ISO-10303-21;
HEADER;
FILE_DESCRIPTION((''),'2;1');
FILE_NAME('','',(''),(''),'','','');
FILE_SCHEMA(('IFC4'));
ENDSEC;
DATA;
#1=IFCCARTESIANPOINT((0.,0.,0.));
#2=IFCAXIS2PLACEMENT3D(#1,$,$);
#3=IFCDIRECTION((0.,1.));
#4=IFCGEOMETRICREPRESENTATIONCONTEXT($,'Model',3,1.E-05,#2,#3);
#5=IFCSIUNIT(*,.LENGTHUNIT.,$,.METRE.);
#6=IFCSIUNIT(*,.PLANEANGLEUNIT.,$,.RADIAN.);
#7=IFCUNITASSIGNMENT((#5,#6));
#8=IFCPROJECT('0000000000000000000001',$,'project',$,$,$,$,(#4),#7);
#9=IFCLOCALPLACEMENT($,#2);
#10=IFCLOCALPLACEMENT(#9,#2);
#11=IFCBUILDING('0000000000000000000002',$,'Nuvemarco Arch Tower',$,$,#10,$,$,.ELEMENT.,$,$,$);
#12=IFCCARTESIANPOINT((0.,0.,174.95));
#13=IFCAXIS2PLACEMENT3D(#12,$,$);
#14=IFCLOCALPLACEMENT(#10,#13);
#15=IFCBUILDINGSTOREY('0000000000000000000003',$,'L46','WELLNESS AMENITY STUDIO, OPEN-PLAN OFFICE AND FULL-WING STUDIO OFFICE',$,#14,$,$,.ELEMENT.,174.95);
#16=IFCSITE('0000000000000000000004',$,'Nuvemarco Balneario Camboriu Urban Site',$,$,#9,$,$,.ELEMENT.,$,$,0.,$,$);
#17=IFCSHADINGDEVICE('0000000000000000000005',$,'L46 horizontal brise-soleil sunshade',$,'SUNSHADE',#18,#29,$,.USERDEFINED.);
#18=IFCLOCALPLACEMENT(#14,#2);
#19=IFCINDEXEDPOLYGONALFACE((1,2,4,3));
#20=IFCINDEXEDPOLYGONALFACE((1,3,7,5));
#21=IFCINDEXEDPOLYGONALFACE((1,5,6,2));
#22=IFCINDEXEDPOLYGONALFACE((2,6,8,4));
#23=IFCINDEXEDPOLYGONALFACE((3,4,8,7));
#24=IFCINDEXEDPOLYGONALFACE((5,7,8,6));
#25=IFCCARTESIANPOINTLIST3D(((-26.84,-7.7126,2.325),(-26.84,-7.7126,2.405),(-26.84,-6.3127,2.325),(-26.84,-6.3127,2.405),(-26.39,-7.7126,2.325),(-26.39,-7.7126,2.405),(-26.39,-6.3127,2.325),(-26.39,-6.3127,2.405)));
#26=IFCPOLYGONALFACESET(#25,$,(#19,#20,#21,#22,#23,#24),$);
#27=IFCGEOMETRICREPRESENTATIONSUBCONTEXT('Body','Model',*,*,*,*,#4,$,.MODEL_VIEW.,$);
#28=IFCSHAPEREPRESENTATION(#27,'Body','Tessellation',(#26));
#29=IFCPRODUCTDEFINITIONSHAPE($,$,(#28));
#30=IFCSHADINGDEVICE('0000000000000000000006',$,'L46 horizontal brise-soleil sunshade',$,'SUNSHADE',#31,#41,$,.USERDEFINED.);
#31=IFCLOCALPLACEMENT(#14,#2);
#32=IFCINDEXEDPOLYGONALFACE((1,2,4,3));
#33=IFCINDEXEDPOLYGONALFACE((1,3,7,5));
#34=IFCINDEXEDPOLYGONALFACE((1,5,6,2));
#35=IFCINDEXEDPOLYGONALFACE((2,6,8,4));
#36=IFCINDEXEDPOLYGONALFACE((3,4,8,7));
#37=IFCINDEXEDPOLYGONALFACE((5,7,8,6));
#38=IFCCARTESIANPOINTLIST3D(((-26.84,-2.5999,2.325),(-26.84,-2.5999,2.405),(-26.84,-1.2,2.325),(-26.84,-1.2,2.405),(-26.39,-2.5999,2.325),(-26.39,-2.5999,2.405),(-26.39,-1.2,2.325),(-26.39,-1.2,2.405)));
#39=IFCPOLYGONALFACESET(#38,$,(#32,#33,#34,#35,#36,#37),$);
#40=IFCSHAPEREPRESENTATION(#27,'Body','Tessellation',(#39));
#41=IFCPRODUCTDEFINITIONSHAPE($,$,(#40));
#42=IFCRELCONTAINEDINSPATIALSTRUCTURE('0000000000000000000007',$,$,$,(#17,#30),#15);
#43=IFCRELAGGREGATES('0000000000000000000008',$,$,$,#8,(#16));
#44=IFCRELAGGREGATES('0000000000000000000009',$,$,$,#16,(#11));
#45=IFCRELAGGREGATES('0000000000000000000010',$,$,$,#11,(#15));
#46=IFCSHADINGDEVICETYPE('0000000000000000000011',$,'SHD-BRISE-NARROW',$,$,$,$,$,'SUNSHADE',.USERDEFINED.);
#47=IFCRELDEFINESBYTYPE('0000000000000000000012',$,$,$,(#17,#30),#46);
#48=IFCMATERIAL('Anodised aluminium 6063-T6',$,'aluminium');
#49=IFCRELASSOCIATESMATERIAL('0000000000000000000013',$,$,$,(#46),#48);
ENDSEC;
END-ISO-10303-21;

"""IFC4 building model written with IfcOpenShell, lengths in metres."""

from ifc_helpers import new_model, si_unit, direction, frame, origin, origin_2d, place, context, subcontext, project, spatial, rectangle, extrude, source, transform, mapped, material, type_object, type_shapes, element, save


model = new_model("IFC4")

# Units and contexts
model_context = context("Model", 3, precision=1e-05, world=origin(), true_north=direction((0.0, 1.0)))
body_context = subcontext(model_context, "Body", "Model", "MODEL_VIEW")
ifc_project = project(units=[si_unit("LENGTHUNIT", "METRE"), si_unit("PLANEANGLEUNIT", "RADIAN")], contexts=[model_context])

# Site, building, storey
site_placement = place(None, origin())
site = spatial("IfcSite", under=ifc_project, at=site_placement, Name="Nuvemarco Balneario Camboriu Urban Site", CompositionType="ELEMENT", RefElevation=0.0)
building_placement = place(site_placement, origin())
building = spatial("IfcBuilding", under=site, at=building_placement, Name="Nuvemarco Arch Tower", CompositionType="ELEMENT")
storey_placement = place(building_placement, frame((0.0, 0.0, 174.95)))
storey = spatial("IfcBuildingStorey", under=building, at=storey_placement, Name="L46", Description="WELLNESS AMENITY STUDIO, OPEN-PLAN OFFICE AND FULL-WING STUDIO OFFICE", CompositionType="ELEMENT", Elevation=174.95)

# Shading devices
ifc_material_1 = material(Name="Anodised aluminium 6063-T6", Category="aluminium")
shading_device_type = type_object("IfcShadingDeviceType", Name="SHD-BRISE-NARROW", ElementType="SUNSHADE", PredefinedType="USERDEFINED", material=ifc_material_1)
shared_shape = source(origin(), body_context, "Body", "SweptSolid", [
    extrude(rectangle(XDim=1.3999, YDim=0.45, at=origin_2d()), origin(), (0.0, 0.0, 1.0), 0.0801),
])
type_shapes(shading_device_type, [shared_shape])
for number, where, z_axis, x_axis, name in (
    (1, (-26.615, -7.0127, 2.325), (0.0, 0.0, 1.0), (0.0, 1.0, 0.0), "L46 horizontal brise-soleil sunshade"),
    (2, (-26.615, -1.8999, 2.325), (0.0, 0.0, 1.0), (0.0, 1.0, 0.0), "L46 horizontal brise-soleil sunshade"),
):
    element("IfcShadingDevice", number, at=place(storey_placement, frame(where, z_axis=z_axis, x_axis=x_axis)), inside=storey, type_object=shading_device_type, Name=name, ObjectType="SUNSHADE", PredefinedType="USERDEFINED", context=body_context, shape_type="MappedRepresentation", body=[
        mapped(shared_shape, transform((0.0, 0.0, 0.0), scale=1.0)),
    ])

save(model, "model.ifc")
